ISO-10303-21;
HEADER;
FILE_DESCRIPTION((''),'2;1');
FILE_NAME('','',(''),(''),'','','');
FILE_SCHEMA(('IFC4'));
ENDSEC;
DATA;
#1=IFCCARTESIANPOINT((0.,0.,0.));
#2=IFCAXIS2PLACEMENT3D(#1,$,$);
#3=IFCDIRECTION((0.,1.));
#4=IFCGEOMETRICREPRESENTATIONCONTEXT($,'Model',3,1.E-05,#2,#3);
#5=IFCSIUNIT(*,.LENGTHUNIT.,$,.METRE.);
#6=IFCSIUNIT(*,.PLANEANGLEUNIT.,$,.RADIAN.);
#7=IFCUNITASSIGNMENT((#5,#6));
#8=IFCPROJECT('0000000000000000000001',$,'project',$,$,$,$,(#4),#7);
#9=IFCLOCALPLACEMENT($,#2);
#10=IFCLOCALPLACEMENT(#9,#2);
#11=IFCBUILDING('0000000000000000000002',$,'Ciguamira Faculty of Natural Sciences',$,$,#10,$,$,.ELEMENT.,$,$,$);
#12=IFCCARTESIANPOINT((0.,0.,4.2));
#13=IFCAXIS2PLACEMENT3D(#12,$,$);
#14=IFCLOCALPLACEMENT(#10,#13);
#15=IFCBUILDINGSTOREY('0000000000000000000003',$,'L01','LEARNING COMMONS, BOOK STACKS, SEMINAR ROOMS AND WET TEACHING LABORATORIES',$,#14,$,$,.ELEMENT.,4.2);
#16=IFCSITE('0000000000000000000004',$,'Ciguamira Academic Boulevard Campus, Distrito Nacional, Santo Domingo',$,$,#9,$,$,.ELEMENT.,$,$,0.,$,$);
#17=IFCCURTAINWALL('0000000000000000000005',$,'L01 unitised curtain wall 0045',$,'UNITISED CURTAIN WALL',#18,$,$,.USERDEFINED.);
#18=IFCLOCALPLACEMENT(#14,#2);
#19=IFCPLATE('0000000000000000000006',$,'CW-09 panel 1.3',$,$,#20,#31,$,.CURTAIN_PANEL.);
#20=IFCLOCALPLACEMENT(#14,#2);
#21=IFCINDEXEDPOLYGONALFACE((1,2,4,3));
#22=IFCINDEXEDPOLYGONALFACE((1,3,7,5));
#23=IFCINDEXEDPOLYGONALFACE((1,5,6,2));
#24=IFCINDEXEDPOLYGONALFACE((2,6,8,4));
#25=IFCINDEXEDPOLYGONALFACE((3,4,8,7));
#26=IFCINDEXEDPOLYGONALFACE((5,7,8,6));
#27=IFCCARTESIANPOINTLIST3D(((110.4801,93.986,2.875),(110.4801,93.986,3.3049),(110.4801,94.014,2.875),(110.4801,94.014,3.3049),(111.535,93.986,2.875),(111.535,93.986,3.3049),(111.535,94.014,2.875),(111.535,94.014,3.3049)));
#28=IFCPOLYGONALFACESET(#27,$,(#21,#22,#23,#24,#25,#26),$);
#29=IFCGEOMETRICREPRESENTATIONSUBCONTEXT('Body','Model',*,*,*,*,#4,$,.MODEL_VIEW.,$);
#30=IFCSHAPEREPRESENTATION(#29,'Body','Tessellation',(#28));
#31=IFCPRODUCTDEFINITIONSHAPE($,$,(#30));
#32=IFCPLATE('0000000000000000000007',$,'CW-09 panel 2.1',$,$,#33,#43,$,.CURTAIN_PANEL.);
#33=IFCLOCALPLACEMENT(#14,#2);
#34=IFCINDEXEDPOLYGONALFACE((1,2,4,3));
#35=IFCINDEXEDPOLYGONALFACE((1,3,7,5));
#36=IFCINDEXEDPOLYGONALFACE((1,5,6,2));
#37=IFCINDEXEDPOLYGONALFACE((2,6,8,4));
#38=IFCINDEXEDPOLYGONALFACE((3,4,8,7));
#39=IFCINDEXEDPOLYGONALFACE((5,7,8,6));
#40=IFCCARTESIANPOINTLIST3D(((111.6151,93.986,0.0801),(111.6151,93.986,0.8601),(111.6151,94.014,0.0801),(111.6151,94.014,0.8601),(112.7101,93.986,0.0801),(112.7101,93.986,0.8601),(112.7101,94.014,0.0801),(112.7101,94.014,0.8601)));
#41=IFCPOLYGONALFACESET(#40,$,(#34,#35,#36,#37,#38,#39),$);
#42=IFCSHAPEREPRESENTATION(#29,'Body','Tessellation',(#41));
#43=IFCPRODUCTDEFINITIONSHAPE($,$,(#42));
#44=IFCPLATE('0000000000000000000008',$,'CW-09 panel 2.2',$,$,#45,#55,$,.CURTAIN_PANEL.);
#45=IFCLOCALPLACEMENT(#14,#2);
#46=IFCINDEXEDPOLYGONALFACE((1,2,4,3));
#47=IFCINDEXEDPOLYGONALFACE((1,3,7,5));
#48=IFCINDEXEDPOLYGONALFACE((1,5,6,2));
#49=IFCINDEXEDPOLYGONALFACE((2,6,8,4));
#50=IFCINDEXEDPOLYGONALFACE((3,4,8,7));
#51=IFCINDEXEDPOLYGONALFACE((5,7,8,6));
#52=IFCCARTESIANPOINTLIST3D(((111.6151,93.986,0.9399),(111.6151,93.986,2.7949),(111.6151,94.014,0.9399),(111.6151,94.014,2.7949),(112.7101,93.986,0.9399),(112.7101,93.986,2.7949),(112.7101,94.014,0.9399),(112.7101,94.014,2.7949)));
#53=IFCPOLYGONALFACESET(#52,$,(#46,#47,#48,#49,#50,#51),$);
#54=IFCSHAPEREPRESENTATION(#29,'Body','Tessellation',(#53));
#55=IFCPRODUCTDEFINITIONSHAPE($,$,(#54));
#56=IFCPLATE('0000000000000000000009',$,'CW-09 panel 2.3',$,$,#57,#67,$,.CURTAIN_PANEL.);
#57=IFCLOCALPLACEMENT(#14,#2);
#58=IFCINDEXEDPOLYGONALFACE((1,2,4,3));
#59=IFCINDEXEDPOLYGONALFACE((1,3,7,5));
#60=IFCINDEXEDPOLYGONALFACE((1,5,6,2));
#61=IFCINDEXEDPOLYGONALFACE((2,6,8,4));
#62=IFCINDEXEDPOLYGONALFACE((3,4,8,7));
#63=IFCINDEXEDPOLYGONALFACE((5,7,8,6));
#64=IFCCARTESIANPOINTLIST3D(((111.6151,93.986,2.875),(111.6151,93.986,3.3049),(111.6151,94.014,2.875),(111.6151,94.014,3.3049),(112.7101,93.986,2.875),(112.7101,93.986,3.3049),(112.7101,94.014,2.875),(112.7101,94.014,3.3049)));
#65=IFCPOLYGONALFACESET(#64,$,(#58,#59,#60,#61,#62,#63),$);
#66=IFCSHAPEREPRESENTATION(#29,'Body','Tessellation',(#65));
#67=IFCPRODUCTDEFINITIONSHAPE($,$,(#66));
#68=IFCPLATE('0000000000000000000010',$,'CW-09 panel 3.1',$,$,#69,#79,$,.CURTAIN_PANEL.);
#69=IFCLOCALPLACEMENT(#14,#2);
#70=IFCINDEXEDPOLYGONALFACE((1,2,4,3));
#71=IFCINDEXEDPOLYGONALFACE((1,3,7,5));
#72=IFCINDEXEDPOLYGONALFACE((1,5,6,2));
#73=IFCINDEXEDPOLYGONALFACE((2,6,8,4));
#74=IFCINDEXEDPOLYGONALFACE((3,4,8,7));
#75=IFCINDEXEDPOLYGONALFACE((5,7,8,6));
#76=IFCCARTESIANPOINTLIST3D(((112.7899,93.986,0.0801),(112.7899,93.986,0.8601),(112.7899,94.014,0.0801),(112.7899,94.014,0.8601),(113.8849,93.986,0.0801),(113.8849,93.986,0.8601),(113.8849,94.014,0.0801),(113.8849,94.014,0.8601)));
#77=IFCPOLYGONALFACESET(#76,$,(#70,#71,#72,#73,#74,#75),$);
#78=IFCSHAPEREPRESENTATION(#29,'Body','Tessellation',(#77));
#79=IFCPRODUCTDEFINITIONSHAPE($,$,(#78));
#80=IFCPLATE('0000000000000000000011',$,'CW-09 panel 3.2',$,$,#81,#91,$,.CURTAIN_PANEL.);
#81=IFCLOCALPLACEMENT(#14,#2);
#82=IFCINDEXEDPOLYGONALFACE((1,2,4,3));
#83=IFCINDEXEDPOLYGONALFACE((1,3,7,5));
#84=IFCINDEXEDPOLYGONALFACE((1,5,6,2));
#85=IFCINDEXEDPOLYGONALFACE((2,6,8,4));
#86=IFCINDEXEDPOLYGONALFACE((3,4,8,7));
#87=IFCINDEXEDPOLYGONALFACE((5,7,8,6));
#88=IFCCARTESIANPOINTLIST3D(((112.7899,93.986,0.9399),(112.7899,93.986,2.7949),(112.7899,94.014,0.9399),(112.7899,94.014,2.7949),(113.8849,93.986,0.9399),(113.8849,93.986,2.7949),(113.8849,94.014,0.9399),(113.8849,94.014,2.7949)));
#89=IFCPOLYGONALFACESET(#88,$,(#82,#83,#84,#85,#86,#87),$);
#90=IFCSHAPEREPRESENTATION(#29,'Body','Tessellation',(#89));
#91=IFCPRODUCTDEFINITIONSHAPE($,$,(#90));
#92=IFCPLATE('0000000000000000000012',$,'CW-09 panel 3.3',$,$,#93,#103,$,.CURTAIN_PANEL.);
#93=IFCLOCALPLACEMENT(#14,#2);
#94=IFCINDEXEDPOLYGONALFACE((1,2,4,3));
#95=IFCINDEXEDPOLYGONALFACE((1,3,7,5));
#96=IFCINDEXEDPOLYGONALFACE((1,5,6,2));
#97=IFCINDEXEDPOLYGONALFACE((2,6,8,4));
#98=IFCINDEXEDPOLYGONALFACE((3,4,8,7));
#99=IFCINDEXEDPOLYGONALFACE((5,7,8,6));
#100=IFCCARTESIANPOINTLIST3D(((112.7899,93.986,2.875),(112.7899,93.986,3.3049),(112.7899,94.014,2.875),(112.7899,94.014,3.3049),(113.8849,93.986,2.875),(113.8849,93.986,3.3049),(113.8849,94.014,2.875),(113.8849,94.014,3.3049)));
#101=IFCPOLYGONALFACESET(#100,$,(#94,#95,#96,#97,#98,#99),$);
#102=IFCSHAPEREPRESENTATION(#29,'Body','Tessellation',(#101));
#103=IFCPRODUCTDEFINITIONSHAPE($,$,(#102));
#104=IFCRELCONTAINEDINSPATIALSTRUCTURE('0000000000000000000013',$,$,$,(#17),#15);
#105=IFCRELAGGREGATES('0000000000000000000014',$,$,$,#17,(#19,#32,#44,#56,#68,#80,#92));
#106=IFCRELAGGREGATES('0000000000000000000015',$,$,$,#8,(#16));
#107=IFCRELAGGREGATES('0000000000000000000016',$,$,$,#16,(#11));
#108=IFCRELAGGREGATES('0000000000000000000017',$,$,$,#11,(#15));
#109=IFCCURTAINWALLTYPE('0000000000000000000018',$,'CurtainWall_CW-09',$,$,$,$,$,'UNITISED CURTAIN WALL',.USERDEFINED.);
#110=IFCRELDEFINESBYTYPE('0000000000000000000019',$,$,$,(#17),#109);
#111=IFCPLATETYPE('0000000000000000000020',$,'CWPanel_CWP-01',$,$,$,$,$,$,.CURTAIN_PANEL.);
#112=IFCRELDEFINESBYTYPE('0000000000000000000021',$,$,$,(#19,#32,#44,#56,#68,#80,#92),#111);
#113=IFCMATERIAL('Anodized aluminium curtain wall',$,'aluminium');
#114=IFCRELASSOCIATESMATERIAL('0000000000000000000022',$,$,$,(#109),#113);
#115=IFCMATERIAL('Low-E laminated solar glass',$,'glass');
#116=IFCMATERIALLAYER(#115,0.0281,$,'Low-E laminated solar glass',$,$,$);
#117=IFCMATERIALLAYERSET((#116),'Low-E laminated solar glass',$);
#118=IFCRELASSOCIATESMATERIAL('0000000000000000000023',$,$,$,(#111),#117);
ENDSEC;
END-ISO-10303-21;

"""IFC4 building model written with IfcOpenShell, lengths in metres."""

from ifc_helpers import new_model, si_unit, direction, frame, origin, origin_2d, place, context, subcontext, project, spatial, rectangle, extrude, material, layer, layer_set, type_object, element, aggregate, save


model = new_model("IFC4")

# Units and contexts
model_context = context("Model", 3, precision=1e-05, world=origin(), true_north=direction((0.0, 1.0)))
body_context = subcontext(model_context, "Body", "Model", "MODEL_VIEW")
ifc_project = project(units=[si_unit("LENGTHUNIT", "METRE"), si_unit("PLANEANGLEUNIT", "RADIAN")], contexts=[model_context])

# Site, building, storey
site_placement = place(None, origin())
site = spatial("IfcSite", under=ifc_project, at=site_placement, Name="Ciguamira Academic Boulevard Campus, Distrito Nacional, Santo Domingo", CompositionType="ELEMENT", RefElevation=0.0)
building_placement = place(site_placement, origin())
building = spatial("IfcBuilding", under=site, at=building_placement, Name="Ciguamira Faculty of Natural Sciences", CompositionType="ELEMENT")
storey_placement = place(building_placement, frame((0.0, 0.0, 4.2)))
storey = spatial("IfcBuildingStorey", under=building, at=storey_placement, Name="L01", Description="LEARNING COMMONS, BOOK STACKS, SEMINAR ROOMS AND WET TEACHING LABORATORIES", CompositionType="ELEMENT", Elevation=4.2)

# Curtain wall
ifc_material_1 = material(Name="Anodized aluminium curtain wall", Category="aluminium")
curtain_wall_type = type_object("IfcCurtainWallType", Name="CurtainWall_CW-09", ElementType="UNITISED CURTAIN WALL", PredefinedType="USERDEFINED", material=ifc_material_1)
curtain_wall_placement = place(storey_placement, origin())
curtain_wall = element("IfcCurtainWall", 1, at=curtain_wall_placement, inside=storey, type_object=curtain_wall_type, Name="L01 unitised curtain wall 0045", ObjectType="UNITISED CURTAIN WALL", PredefinedType="USERDEFINED")

# Plates
ifc_material_2 = material(Name="Low-E laminated solar glass", Category="glass")
ifc_layer = layer(ifc_material_2, 0.0281, Name="Low-E laminated solar glass")
ifc_layer_set = layer_set([ifc_layer], Name="Low-E laminated solar glass")
plate_type = type_object("IfcPlateType", Name="CWPanel_CWP-01", PredefinedType="CURTAIN_PANEL", material=ifc_layer_set)
plate_1_placement = place(storey_placement, frame((111.0076, 94.0, 2.875), z_axis=(0.0, 0.0, 1.0), x_axis=(1.0, 0.0, 0.0)))
plate_1 = element("IfcPlate", 2, at=plate_1_placement, type_object=plate_type, Name="CW-09 panel 1.3", PredefinedType="CURTAIN_PANEL", context=body_context, shape_type="SweptSolid", body=[
    extrude(rectangle(XDim=1.0549, YDim=0.0281, at=origin_2d()), origin(), (0.0, 0.0, 1.0), 0.4299),
])
plate_2_placement = place(storey_placement, frame((112.1626, 94.0, 0.0801), z_axis=(0.0, 0.0, 1.0), x_axis=(1.0, 0.0, 0.0)))
plate_2 = element("IfcPlate", 3, at=plate_2_placement, type_object=plate_type, Name="CW-09 panel 2.1", PredefinedType="CURTAIN_PANEL", context=body_context, shape_type="SweptSolid", body=[
    extrude(rectangle(XDim=1.095, YDim=0.0281, at=origin_2d()), origin(), (0.0, 0.0, 1.0), 0.78),
])
plate_3_placement = place(storey_placement, frame((112.1626, 94.0, 0.9399), z_axis=(0.0, 0.0, 1.0), x_axis=(1.0, 0.0, 0.0)))
plate_3 = element("IfcPlate", 4, at=plate_3_placement, type_object=plate_type, Name="CW-09 panel 2.2", PredefinedType="CURTAIN_PANEL", context=body_context, shape_type="SweptSolid", body=[
    extrude(rectangle(XDim=1.095, YDim=0.0281, at=origin_2d()), origin(), (0.0, 0.0, 1.0), 1.855),
])
plate_4_placement = place(storey_placement, frame((112.1626, 94.0, 2.875), z_axis=(0.0, 0.0, 1.0), x_axis=(1.0, 0.0, 0.0)))
plate_4 = element("IfcPlate", 5, at=plate_4_placement, type_object=plate_type, Name="CW-09 panel 2.3", PredefinedType="CURTAIN_PANEL", context=body_context, shape_type="SweptSolid", body=[
    extrude(rectangle(XDim=1.095, YDim=0.0281, at=origin_2d()), origin(), (0.0, 0.0, 1.0), 0.4299),
])
plate_5_placement = place(storey_placement, frame((113.3374, 94.0, 0.0801), z_axis=(0.0, 0.0, 1.0), x_axis=(1.0, 0.0, 0.0)))
plate_5 = element("IfcPlate", 6, at=plate_5_placement, type_object=plate_type, Name="CW-09 panel 3.1", PredefinedType="CURTAIN_PANEL", context=body_context, shape_type="SweptSolid", body=[
    extrude(rectangle(XDim=1.095, YDim=0.0281, at=origin_2d()), origin(), (0.0, 0.0, 1.0), 0.78),
])
plate_6_placement = place(storey_placement, frame((113.3374, 94.0, 0.9399), z_axis=(0.0, 0.0, 1.0), x_axis=(1.0, 0.0, 0.0)))
plate_6 = element("IfcPlate", 7, at=plate_6_placement, type_object=plate_type, Name="CW-09 panel 3.2", PredefinedType="CURTAIN_PANEL", context=body_context, shape_type="SweptSolid", body=[
    extrude(rectangle(XDim=1.095, YDim=0.0281, at=origin_2d()), origin(), (0.0, 0.0, 1.0), 1.855),
])
plate_7_placement = place(storey_placement, frame((113.3374, 94.0, 2.875), z_axis=(0.0, 0.0, 1.0), x_axis=(1.0, 0.0, 0.0)))
plate_7 = element("IfcPlate", 8, at=plate_7_placement, type_object=plate_type, Name="CW-09 panel 3.3", PredefinedType="CURTAIN_PANEL", context=body_context, shape_type="SweptSolid", body=[
    extrude(rectangle(XDim=1.095, YDim=0.0281, at=origin_2d()), origin(), (0.0, 0.0, 1.0), 0.4299),
])
aggregate(curtain_wall, [plate_1, plate_2, plate_3, plate_4, plate_5, plate_6, plate_7])

save(model, "model.ifc")
